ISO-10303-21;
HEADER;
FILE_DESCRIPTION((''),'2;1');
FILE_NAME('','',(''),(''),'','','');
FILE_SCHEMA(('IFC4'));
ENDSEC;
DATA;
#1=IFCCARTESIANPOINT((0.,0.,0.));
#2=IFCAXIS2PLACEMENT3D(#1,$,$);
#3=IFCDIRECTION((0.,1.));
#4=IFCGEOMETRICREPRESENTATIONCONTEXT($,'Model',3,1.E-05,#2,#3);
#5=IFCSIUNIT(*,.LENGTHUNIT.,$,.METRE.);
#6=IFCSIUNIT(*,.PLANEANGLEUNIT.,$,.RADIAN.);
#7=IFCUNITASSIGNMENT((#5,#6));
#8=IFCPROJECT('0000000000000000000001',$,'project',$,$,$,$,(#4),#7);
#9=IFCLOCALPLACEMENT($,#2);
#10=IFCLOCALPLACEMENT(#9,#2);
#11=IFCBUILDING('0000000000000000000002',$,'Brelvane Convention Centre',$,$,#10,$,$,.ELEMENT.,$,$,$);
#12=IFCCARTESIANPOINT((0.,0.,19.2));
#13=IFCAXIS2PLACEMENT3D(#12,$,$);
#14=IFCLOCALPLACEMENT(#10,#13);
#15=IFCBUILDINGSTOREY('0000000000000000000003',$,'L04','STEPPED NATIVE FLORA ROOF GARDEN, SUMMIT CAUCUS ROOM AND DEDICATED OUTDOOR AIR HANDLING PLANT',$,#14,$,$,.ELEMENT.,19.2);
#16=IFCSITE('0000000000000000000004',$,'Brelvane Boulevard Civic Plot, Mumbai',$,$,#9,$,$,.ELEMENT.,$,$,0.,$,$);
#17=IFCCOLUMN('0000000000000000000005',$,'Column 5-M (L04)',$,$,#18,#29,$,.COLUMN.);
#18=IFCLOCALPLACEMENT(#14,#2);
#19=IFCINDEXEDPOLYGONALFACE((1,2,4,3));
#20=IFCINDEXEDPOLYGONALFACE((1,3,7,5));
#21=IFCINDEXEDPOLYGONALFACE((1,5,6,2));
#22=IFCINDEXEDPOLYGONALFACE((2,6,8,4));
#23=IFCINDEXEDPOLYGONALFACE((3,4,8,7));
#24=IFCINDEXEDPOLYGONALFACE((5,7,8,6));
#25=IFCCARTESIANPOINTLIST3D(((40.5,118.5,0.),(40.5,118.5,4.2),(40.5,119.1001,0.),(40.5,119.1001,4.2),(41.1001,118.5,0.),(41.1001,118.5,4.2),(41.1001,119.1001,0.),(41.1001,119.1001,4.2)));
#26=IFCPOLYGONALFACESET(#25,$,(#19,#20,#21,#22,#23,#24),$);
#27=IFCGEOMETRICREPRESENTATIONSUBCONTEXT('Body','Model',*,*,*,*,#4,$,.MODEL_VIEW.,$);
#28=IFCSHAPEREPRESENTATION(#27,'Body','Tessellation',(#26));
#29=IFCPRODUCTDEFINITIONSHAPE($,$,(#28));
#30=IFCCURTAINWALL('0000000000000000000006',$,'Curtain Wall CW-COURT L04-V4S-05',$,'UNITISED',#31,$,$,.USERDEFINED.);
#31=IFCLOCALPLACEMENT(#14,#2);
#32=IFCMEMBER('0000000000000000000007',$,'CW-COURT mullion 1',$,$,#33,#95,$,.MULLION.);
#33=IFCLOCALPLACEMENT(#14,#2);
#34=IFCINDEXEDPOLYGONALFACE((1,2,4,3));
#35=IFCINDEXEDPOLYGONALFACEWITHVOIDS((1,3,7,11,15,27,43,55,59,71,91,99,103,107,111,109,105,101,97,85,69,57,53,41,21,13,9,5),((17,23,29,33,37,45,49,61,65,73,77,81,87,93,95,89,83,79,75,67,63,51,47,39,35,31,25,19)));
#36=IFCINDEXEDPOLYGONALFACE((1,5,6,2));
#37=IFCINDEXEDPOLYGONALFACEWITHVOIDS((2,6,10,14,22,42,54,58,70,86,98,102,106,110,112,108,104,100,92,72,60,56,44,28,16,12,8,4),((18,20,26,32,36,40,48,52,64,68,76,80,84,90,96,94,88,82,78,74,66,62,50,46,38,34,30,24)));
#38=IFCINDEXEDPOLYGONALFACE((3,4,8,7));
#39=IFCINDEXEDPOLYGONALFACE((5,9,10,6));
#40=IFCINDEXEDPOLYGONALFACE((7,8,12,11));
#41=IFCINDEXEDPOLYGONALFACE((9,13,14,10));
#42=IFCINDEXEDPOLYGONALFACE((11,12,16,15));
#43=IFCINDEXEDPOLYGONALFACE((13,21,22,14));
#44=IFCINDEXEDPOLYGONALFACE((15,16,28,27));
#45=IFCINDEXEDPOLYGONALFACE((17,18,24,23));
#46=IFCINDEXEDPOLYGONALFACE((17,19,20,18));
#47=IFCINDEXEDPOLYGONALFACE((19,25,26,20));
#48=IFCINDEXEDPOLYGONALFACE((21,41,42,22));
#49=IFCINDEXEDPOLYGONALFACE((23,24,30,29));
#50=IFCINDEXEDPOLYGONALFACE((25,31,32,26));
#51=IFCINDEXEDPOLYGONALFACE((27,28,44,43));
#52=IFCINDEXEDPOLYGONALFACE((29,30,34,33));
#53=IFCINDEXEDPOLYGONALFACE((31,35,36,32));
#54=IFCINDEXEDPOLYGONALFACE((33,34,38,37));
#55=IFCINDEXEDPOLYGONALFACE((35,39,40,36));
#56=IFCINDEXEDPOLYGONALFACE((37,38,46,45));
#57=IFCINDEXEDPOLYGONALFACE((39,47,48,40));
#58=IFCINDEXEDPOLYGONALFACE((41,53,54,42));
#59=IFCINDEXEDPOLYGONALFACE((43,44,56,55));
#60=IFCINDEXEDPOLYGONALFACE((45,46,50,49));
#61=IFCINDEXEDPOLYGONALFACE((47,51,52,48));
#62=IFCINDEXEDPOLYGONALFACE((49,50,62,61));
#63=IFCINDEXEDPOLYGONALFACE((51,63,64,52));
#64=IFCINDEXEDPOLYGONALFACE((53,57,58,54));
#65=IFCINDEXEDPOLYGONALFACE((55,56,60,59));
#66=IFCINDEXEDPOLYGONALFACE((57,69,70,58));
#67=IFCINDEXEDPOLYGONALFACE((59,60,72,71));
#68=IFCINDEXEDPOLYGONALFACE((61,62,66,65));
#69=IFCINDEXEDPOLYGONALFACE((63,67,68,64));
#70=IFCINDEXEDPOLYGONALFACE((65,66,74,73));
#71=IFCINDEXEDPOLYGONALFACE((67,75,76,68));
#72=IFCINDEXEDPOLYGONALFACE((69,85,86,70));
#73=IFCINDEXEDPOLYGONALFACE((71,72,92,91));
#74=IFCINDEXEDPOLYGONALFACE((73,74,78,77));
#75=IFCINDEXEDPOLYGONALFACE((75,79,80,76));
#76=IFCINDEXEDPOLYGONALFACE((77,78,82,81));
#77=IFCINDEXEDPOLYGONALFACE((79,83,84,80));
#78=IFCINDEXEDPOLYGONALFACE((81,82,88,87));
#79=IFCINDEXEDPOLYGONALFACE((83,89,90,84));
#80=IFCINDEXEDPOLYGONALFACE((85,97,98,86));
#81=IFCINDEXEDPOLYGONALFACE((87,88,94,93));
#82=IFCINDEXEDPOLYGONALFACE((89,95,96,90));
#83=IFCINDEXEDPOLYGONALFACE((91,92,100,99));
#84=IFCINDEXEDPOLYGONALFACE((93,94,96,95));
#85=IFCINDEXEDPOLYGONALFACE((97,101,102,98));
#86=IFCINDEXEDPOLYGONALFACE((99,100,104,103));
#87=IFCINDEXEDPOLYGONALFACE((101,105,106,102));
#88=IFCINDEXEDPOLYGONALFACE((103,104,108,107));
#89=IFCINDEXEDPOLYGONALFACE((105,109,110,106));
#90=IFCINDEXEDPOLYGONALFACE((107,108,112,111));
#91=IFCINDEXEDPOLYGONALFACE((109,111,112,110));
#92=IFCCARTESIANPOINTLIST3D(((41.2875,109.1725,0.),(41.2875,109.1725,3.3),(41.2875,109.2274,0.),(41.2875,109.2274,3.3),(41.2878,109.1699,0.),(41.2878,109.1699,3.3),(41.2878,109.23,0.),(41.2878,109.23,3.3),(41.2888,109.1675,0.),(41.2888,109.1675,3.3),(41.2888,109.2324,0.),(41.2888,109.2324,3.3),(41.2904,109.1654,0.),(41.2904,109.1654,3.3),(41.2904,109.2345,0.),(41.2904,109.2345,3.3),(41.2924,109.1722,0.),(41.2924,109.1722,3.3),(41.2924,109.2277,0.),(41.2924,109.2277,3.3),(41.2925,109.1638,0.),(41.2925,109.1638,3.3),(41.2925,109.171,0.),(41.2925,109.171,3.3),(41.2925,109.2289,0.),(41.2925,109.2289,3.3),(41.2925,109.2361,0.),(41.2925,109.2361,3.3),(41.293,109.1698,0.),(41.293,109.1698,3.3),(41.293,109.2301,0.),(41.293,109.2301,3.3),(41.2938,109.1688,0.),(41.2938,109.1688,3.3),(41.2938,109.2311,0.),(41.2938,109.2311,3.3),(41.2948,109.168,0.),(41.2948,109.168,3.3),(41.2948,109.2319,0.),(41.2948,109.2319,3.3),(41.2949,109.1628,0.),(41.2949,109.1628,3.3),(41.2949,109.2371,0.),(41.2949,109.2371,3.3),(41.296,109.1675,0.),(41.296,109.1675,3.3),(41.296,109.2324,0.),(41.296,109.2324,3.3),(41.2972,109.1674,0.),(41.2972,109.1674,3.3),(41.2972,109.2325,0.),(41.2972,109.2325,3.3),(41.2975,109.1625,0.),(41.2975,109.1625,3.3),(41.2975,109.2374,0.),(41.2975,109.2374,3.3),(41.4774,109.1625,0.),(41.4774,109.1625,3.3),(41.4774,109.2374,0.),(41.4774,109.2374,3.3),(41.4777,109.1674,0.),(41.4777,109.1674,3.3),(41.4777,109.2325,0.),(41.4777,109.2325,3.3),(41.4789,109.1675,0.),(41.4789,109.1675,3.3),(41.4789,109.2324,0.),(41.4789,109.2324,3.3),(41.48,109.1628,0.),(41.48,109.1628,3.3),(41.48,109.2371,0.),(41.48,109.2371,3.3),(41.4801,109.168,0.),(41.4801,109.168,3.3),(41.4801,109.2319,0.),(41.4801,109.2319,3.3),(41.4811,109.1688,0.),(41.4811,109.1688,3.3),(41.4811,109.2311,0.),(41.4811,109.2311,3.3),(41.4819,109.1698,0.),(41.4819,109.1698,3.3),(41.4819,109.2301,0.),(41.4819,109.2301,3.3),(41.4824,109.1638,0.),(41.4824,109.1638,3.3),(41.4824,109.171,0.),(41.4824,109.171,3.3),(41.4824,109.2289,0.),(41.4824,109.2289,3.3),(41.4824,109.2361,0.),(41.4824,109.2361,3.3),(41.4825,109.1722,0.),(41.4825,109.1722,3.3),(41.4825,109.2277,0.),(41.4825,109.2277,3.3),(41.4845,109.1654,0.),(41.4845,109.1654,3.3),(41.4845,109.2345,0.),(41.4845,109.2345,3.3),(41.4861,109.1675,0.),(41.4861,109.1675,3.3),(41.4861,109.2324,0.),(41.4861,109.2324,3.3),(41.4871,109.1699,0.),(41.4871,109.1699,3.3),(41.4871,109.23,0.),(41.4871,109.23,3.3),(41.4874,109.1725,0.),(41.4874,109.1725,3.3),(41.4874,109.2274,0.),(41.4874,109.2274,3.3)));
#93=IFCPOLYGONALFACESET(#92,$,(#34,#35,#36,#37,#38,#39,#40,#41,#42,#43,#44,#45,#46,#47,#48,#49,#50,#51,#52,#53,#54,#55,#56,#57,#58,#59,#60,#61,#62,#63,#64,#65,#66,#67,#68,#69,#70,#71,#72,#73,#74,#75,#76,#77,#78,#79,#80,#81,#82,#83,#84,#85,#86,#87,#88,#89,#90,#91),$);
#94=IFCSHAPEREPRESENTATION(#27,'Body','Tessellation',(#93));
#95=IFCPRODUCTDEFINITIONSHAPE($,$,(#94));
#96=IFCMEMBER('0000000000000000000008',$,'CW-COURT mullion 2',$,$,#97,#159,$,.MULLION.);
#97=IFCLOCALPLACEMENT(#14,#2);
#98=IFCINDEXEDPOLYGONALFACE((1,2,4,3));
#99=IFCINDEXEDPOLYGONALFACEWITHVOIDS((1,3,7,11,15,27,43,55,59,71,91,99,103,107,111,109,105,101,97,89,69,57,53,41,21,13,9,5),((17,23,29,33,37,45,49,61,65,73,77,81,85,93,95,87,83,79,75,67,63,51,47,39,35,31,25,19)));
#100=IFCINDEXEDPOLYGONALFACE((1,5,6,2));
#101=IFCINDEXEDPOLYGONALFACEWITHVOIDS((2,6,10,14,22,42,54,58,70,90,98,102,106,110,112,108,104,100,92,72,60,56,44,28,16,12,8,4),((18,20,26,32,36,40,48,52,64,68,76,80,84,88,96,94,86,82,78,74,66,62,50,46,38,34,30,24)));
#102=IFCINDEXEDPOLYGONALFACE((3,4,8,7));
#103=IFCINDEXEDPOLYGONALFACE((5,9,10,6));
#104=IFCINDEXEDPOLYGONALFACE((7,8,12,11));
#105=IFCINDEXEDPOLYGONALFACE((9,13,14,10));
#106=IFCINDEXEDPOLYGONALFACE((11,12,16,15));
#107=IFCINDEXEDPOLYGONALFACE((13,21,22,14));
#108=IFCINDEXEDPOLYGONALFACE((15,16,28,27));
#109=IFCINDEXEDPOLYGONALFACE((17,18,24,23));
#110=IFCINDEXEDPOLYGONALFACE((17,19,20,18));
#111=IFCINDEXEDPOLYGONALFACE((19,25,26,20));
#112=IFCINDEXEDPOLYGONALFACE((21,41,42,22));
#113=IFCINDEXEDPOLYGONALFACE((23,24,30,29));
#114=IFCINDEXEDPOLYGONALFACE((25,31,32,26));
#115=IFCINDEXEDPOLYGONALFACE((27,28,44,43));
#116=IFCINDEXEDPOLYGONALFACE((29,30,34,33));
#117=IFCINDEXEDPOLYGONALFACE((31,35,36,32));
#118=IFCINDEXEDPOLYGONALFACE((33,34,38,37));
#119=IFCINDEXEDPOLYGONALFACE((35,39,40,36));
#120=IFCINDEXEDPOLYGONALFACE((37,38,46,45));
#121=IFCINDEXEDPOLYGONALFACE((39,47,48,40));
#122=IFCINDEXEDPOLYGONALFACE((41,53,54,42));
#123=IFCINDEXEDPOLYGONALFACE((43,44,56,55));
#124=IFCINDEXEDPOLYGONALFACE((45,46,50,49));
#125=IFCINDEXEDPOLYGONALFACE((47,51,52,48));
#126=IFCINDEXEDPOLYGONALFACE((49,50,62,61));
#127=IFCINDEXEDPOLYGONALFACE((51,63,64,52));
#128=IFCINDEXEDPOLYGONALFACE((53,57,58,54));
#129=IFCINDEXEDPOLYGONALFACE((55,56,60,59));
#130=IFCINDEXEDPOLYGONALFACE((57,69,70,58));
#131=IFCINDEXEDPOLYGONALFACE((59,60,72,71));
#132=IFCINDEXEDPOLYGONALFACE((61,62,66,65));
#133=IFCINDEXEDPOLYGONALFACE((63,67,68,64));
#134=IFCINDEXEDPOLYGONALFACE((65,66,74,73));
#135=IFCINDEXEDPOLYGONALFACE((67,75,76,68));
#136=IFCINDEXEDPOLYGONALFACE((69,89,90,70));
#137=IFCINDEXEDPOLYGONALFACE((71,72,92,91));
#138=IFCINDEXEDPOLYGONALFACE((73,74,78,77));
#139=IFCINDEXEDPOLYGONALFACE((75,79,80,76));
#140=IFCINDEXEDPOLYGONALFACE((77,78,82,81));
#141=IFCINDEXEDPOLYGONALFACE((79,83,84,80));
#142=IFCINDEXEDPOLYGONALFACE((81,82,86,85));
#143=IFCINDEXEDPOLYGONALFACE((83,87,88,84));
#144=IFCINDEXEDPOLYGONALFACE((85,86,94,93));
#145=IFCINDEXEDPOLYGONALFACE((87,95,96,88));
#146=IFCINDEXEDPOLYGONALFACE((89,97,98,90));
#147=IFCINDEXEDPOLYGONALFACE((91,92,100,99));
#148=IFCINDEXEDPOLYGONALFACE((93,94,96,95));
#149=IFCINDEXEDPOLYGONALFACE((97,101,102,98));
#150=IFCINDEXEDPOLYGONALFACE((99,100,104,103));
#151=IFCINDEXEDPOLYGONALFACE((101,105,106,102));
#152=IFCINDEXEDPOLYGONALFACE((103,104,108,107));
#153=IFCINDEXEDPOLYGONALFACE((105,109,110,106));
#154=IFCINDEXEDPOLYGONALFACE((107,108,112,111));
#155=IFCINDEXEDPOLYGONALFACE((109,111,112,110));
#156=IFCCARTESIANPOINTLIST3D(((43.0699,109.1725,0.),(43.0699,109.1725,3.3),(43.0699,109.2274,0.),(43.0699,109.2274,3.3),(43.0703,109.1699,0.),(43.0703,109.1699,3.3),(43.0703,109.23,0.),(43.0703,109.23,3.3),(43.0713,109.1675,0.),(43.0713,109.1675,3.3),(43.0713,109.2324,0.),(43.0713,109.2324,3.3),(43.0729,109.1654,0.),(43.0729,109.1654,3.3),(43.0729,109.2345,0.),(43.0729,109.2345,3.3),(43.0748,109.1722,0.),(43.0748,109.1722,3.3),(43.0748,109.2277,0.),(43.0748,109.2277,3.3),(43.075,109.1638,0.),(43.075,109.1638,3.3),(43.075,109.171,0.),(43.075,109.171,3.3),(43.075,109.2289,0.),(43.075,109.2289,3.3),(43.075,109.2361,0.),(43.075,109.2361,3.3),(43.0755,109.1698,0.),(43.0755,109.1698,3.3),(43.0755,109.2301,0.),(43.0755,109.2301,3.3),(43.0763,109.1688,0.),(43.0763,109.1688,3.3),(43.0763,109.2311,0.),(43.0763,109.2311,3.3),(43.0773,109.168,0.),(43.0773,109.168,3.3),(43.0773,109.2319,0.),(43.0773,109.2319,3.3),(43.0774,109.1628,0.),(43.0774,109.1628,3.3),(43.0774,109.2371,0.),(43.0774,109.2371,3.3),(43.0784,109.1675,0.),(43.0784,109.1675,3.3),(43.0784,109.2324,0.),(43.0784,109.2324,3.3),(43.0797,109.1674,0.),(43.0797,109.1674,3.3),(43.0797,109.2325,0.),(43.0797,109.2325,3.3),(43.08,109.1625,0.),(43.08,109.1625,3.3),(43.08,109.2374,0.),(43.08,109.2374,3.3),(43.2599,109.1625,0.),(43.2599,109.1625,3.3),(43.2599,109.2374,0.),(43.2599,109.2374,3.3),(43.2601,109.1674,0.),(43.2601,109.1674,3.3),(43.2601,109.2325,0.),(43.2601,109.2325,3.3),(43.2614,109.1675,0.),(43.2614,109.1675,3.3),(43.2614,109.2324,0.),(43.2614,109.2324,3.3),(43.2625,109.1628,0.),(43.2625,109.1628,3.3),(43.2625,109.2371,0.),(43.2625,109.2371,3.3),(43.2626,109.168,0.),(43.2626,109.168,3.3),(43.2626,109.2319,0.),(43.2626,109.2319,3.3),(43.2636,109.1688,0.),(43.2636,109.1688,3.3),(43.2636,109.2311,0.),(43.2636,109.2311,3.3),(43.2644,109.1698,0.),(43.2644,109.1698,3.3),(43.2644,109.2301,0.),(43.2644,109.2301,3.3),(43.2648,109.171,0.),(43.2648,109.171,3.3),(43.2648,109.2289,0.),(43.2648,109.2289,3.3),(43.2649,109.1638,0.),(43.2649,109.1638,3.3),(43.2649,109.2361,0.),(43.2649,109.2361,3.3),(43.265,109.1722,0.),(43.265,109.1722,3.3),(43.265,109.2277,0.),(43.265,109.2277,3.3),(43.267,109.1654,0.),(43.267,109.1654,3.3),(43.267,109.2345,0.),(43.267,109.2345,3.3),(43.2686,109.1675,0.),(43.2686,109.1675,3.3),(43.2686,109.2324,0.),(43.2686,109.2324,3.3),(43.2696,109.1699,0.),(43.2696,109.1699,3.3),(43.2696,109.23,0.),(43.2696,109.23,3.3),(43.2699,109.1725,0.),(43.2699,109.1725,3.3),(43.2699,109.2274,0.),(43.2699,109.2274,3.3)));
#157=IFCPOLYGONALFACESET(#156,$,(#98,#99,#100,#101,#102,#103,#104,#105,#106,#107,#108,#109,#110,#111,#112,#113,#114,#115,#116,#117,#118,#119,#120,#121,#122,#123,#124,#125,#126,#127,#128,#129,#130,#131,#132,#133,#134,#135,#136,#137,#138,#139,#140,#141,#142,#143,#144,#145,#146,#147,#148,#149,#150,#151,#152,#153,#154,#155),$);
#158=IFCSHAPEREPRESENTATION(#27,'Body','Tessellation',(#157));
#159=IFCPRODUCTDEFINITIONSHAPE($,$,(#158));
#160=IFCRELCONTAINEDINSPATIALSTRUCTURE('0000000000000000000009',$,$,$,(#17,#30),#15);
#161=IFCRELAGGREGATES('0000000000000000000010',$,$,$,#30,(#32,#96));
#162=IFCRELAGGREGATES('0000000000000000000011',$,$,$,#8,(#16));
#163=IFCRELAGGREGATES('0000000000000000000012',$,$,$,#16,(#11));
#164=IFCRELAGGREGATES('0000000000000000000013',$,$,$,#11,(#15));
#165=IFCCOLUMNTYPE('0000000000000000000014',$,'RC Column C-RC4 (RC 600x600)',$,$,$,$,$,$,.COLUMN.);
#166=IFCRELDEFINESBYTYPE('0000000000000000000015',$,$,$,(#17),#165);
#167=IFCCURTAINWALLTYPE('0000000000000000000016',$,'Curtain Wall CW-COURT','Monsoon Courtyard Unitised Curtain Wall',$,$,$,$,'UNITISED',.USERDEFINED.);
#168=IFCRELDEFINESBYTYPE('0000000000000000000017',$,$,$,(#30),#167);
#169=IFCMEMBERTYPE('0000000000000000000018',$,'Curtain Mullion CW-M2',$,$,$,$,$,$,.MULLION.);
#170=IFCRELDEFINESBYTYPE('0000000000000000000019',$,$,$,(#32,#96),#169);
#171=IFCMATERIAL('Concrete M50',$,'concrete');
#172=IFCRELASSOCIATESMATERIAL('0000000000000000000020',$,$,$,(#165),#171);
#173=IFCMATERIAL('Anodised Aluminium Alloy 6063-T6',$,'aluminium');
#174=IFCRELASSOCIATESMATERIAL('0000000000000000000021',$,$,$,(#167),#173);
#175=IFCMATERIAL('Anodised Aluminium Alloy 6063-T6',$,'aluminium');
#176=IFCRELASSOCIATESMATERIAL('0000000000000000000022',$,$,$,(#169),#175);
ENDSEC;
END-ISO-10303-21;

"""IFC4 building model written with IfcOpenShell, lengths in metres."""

from ifc_helpers import new_model, si_unit, direction, frame, origin, origin_2d, place, context, subcontext, project, spatial, rectangle, hollow_rectangle, extrude, material, material_profile, profile_set, type_object, element, aggregate, save


model = new_model("IFC4")

# Units and contexts
model_context = context("Model", 3, precision=1e-05, world=origin(), true_north=direction((0.0, 1.0)))
body_context = subcontext(model_context, "Body", "Model", "MODEL_VIEW")
ifc_project = project(units=[si_unit("LENGTHUNIT", "METRE"), si_unit("PLANEANGLEUNIT", "RADIAN")], contexts=[model_context])

# Site, building, storey
site_placement = place(None, origin())
site = spatial("IfcSite", under=ifc_project, at=site_placement, Name="Brelvane Boulevard Civic Plot, Mumbai", CompositionType="ELEMENT", RefElevation=0.0)
building_placement = place(site_placement, origin())
building = spatial("IfcBuilding", under=site, at=building_placement, Name="Brelvane Convention Centre", CompositionType="ELEMENT")
storey_placement = place(building_placement, frame((0.0, 0.0, 19.2)))
storey = spatial("IfcBuildingStorey", under=building, at=storey_placement, Name="L04", Description="STEPPED NATIVE FLORA ROOF GARDEN, SUMMIT CAUCUS ROOM AND DEDICATED OUTDOOR AIR HANDLING PLANT", CompositionType="ELEMENT", Elevation=19.2)

# Column
ifc_material_1 = material(Name="Concrete M50", Category="concrete")
ifc_material_profile_1 = material_profile(ifc_material_1, rectangle(XDim=0.6001, YDim=0.6001, at=origin_2d()), Name="RC 600x600")
ifc_profile_set_1 = profile_set([ifc_material_profile_1], Name="Concrete M50")
column_type = type_object("IfcColumnType", Name="RC Column C-RC4 (RC 600x600)", PredefinedType="COLUMN", material=ifc_profile_set_1)
column_placement = place(storey_placement, frame((40.8, 118.8, 0.0), z_axis=(0.0, 0.0, 1.0), x_axis=(1.0, 0.0, 0.0)))
element("IfcColumn", 1, at=column_placement, inside=storey, type_object=column_type, Name="Column 5-M (L04)", PredefinedType="COLUMN", context=body_context, shape_type="SweptSolid", body=[
    extrude(rectangle(XDim=0.6001, YDim=0.6001, at=origin_2d()), origin(), (0.0, 0.0, 1.0), 4.2),
])

# Curtain wall, members
ifc_material_2 = material(Name="Anodised Aluminium Alloy 6063-T6", Category="aluminium")
curtain_wall_type = type_object("IfcCurtainWallType", Name="Curtain Wall CW-COURT", Description="Monsoon Courtyard Unitised Curtain Wall", ElementType="UNITISED", PredefinedType="USERDEFINED", material=ifc_material_2)
curtain_wall_placement = place(storey_placement, origin())
curtain_wall = element("IfcCurtainWall", 2, at=curtain_wall_placement, inside=storey, type_object=curtain_wall_type, Name="Curtain Wall CW-COURT L04-V4S-05", ObjectType="UNITISED", PredefinedType="USERDEFINED")
ifc_material_3 = material(Name="Anodised Aluminium Alloy 6063-T6", Category="aluminium")
ifc_material_profile_2 = material_profile(ifc_material_3, hollow_rectangle(XDim=0.075, YDim=0.2, WallThickness=0.0049, InnerFilletRadius=0.0049, OuterFilletRadius=0.01, at=origin_2d()), Name="ALU-M 200x75x5.0")
ifc_profile_set_2 = profile_set([ifc_material_profile_2], Name="Anodised Aluminium Alloy 6063-T6")
member_type_1 = type_object("IfcMemberType", Name="Curtain Mullion CW-M2", PredefinedType="MULLION", material=ifc_profile_set_2)
member_1_placement = place(storey_placement, frame((41.3875, 109.2, 0.0), z_axis=(0.0, 0.0, 1.0), x_axis=(0.0, 1.0, 0.0)))
member_1 = element("IfcMember", 3, at=member_1_placement, type_object=member_type_1, Name="CW-COURT mullion 1", PredefinedType="MULLION", context=body_context, shape_type="SweptSolid", body=[
    extrude(hollow_rectangle(XDim=0.075, YDim=0.2, WallThickness=0.0049, InnerFilletRadius=0.0049, OuterFilletRadius=0.01, at=origin_2d()), origin(), (0.0, 0.0, 1.0), 3.3),
])
member_2_placement = place(storey_placement, frame((43.1699, 109.2, 0.0), z_axis=(0.0, 0.0, 1.0), x_axis=(0.0, 1.0, 0.0)))
member_2 = element("IfcMember", 4, at=member_2_placement, type_object=member_type_1, Name="CW-COURT mullion 2", PredefinedType="MULLION", context=body_context, shape_type="SweptSolid", body=[
    extrude(hollow_rectangle(XDim=0.075, YDim=0.2, WallThickness=0.0049, InnerFilletRadius=0.0049, OuterFilletRadius=0.01, at=origin_2d()), origin(), (0.0, 0.0, 1.0), 3.3),
])

aggregate(curtain_wall, [member_1, member_2])

save(model, "model.ifc")
